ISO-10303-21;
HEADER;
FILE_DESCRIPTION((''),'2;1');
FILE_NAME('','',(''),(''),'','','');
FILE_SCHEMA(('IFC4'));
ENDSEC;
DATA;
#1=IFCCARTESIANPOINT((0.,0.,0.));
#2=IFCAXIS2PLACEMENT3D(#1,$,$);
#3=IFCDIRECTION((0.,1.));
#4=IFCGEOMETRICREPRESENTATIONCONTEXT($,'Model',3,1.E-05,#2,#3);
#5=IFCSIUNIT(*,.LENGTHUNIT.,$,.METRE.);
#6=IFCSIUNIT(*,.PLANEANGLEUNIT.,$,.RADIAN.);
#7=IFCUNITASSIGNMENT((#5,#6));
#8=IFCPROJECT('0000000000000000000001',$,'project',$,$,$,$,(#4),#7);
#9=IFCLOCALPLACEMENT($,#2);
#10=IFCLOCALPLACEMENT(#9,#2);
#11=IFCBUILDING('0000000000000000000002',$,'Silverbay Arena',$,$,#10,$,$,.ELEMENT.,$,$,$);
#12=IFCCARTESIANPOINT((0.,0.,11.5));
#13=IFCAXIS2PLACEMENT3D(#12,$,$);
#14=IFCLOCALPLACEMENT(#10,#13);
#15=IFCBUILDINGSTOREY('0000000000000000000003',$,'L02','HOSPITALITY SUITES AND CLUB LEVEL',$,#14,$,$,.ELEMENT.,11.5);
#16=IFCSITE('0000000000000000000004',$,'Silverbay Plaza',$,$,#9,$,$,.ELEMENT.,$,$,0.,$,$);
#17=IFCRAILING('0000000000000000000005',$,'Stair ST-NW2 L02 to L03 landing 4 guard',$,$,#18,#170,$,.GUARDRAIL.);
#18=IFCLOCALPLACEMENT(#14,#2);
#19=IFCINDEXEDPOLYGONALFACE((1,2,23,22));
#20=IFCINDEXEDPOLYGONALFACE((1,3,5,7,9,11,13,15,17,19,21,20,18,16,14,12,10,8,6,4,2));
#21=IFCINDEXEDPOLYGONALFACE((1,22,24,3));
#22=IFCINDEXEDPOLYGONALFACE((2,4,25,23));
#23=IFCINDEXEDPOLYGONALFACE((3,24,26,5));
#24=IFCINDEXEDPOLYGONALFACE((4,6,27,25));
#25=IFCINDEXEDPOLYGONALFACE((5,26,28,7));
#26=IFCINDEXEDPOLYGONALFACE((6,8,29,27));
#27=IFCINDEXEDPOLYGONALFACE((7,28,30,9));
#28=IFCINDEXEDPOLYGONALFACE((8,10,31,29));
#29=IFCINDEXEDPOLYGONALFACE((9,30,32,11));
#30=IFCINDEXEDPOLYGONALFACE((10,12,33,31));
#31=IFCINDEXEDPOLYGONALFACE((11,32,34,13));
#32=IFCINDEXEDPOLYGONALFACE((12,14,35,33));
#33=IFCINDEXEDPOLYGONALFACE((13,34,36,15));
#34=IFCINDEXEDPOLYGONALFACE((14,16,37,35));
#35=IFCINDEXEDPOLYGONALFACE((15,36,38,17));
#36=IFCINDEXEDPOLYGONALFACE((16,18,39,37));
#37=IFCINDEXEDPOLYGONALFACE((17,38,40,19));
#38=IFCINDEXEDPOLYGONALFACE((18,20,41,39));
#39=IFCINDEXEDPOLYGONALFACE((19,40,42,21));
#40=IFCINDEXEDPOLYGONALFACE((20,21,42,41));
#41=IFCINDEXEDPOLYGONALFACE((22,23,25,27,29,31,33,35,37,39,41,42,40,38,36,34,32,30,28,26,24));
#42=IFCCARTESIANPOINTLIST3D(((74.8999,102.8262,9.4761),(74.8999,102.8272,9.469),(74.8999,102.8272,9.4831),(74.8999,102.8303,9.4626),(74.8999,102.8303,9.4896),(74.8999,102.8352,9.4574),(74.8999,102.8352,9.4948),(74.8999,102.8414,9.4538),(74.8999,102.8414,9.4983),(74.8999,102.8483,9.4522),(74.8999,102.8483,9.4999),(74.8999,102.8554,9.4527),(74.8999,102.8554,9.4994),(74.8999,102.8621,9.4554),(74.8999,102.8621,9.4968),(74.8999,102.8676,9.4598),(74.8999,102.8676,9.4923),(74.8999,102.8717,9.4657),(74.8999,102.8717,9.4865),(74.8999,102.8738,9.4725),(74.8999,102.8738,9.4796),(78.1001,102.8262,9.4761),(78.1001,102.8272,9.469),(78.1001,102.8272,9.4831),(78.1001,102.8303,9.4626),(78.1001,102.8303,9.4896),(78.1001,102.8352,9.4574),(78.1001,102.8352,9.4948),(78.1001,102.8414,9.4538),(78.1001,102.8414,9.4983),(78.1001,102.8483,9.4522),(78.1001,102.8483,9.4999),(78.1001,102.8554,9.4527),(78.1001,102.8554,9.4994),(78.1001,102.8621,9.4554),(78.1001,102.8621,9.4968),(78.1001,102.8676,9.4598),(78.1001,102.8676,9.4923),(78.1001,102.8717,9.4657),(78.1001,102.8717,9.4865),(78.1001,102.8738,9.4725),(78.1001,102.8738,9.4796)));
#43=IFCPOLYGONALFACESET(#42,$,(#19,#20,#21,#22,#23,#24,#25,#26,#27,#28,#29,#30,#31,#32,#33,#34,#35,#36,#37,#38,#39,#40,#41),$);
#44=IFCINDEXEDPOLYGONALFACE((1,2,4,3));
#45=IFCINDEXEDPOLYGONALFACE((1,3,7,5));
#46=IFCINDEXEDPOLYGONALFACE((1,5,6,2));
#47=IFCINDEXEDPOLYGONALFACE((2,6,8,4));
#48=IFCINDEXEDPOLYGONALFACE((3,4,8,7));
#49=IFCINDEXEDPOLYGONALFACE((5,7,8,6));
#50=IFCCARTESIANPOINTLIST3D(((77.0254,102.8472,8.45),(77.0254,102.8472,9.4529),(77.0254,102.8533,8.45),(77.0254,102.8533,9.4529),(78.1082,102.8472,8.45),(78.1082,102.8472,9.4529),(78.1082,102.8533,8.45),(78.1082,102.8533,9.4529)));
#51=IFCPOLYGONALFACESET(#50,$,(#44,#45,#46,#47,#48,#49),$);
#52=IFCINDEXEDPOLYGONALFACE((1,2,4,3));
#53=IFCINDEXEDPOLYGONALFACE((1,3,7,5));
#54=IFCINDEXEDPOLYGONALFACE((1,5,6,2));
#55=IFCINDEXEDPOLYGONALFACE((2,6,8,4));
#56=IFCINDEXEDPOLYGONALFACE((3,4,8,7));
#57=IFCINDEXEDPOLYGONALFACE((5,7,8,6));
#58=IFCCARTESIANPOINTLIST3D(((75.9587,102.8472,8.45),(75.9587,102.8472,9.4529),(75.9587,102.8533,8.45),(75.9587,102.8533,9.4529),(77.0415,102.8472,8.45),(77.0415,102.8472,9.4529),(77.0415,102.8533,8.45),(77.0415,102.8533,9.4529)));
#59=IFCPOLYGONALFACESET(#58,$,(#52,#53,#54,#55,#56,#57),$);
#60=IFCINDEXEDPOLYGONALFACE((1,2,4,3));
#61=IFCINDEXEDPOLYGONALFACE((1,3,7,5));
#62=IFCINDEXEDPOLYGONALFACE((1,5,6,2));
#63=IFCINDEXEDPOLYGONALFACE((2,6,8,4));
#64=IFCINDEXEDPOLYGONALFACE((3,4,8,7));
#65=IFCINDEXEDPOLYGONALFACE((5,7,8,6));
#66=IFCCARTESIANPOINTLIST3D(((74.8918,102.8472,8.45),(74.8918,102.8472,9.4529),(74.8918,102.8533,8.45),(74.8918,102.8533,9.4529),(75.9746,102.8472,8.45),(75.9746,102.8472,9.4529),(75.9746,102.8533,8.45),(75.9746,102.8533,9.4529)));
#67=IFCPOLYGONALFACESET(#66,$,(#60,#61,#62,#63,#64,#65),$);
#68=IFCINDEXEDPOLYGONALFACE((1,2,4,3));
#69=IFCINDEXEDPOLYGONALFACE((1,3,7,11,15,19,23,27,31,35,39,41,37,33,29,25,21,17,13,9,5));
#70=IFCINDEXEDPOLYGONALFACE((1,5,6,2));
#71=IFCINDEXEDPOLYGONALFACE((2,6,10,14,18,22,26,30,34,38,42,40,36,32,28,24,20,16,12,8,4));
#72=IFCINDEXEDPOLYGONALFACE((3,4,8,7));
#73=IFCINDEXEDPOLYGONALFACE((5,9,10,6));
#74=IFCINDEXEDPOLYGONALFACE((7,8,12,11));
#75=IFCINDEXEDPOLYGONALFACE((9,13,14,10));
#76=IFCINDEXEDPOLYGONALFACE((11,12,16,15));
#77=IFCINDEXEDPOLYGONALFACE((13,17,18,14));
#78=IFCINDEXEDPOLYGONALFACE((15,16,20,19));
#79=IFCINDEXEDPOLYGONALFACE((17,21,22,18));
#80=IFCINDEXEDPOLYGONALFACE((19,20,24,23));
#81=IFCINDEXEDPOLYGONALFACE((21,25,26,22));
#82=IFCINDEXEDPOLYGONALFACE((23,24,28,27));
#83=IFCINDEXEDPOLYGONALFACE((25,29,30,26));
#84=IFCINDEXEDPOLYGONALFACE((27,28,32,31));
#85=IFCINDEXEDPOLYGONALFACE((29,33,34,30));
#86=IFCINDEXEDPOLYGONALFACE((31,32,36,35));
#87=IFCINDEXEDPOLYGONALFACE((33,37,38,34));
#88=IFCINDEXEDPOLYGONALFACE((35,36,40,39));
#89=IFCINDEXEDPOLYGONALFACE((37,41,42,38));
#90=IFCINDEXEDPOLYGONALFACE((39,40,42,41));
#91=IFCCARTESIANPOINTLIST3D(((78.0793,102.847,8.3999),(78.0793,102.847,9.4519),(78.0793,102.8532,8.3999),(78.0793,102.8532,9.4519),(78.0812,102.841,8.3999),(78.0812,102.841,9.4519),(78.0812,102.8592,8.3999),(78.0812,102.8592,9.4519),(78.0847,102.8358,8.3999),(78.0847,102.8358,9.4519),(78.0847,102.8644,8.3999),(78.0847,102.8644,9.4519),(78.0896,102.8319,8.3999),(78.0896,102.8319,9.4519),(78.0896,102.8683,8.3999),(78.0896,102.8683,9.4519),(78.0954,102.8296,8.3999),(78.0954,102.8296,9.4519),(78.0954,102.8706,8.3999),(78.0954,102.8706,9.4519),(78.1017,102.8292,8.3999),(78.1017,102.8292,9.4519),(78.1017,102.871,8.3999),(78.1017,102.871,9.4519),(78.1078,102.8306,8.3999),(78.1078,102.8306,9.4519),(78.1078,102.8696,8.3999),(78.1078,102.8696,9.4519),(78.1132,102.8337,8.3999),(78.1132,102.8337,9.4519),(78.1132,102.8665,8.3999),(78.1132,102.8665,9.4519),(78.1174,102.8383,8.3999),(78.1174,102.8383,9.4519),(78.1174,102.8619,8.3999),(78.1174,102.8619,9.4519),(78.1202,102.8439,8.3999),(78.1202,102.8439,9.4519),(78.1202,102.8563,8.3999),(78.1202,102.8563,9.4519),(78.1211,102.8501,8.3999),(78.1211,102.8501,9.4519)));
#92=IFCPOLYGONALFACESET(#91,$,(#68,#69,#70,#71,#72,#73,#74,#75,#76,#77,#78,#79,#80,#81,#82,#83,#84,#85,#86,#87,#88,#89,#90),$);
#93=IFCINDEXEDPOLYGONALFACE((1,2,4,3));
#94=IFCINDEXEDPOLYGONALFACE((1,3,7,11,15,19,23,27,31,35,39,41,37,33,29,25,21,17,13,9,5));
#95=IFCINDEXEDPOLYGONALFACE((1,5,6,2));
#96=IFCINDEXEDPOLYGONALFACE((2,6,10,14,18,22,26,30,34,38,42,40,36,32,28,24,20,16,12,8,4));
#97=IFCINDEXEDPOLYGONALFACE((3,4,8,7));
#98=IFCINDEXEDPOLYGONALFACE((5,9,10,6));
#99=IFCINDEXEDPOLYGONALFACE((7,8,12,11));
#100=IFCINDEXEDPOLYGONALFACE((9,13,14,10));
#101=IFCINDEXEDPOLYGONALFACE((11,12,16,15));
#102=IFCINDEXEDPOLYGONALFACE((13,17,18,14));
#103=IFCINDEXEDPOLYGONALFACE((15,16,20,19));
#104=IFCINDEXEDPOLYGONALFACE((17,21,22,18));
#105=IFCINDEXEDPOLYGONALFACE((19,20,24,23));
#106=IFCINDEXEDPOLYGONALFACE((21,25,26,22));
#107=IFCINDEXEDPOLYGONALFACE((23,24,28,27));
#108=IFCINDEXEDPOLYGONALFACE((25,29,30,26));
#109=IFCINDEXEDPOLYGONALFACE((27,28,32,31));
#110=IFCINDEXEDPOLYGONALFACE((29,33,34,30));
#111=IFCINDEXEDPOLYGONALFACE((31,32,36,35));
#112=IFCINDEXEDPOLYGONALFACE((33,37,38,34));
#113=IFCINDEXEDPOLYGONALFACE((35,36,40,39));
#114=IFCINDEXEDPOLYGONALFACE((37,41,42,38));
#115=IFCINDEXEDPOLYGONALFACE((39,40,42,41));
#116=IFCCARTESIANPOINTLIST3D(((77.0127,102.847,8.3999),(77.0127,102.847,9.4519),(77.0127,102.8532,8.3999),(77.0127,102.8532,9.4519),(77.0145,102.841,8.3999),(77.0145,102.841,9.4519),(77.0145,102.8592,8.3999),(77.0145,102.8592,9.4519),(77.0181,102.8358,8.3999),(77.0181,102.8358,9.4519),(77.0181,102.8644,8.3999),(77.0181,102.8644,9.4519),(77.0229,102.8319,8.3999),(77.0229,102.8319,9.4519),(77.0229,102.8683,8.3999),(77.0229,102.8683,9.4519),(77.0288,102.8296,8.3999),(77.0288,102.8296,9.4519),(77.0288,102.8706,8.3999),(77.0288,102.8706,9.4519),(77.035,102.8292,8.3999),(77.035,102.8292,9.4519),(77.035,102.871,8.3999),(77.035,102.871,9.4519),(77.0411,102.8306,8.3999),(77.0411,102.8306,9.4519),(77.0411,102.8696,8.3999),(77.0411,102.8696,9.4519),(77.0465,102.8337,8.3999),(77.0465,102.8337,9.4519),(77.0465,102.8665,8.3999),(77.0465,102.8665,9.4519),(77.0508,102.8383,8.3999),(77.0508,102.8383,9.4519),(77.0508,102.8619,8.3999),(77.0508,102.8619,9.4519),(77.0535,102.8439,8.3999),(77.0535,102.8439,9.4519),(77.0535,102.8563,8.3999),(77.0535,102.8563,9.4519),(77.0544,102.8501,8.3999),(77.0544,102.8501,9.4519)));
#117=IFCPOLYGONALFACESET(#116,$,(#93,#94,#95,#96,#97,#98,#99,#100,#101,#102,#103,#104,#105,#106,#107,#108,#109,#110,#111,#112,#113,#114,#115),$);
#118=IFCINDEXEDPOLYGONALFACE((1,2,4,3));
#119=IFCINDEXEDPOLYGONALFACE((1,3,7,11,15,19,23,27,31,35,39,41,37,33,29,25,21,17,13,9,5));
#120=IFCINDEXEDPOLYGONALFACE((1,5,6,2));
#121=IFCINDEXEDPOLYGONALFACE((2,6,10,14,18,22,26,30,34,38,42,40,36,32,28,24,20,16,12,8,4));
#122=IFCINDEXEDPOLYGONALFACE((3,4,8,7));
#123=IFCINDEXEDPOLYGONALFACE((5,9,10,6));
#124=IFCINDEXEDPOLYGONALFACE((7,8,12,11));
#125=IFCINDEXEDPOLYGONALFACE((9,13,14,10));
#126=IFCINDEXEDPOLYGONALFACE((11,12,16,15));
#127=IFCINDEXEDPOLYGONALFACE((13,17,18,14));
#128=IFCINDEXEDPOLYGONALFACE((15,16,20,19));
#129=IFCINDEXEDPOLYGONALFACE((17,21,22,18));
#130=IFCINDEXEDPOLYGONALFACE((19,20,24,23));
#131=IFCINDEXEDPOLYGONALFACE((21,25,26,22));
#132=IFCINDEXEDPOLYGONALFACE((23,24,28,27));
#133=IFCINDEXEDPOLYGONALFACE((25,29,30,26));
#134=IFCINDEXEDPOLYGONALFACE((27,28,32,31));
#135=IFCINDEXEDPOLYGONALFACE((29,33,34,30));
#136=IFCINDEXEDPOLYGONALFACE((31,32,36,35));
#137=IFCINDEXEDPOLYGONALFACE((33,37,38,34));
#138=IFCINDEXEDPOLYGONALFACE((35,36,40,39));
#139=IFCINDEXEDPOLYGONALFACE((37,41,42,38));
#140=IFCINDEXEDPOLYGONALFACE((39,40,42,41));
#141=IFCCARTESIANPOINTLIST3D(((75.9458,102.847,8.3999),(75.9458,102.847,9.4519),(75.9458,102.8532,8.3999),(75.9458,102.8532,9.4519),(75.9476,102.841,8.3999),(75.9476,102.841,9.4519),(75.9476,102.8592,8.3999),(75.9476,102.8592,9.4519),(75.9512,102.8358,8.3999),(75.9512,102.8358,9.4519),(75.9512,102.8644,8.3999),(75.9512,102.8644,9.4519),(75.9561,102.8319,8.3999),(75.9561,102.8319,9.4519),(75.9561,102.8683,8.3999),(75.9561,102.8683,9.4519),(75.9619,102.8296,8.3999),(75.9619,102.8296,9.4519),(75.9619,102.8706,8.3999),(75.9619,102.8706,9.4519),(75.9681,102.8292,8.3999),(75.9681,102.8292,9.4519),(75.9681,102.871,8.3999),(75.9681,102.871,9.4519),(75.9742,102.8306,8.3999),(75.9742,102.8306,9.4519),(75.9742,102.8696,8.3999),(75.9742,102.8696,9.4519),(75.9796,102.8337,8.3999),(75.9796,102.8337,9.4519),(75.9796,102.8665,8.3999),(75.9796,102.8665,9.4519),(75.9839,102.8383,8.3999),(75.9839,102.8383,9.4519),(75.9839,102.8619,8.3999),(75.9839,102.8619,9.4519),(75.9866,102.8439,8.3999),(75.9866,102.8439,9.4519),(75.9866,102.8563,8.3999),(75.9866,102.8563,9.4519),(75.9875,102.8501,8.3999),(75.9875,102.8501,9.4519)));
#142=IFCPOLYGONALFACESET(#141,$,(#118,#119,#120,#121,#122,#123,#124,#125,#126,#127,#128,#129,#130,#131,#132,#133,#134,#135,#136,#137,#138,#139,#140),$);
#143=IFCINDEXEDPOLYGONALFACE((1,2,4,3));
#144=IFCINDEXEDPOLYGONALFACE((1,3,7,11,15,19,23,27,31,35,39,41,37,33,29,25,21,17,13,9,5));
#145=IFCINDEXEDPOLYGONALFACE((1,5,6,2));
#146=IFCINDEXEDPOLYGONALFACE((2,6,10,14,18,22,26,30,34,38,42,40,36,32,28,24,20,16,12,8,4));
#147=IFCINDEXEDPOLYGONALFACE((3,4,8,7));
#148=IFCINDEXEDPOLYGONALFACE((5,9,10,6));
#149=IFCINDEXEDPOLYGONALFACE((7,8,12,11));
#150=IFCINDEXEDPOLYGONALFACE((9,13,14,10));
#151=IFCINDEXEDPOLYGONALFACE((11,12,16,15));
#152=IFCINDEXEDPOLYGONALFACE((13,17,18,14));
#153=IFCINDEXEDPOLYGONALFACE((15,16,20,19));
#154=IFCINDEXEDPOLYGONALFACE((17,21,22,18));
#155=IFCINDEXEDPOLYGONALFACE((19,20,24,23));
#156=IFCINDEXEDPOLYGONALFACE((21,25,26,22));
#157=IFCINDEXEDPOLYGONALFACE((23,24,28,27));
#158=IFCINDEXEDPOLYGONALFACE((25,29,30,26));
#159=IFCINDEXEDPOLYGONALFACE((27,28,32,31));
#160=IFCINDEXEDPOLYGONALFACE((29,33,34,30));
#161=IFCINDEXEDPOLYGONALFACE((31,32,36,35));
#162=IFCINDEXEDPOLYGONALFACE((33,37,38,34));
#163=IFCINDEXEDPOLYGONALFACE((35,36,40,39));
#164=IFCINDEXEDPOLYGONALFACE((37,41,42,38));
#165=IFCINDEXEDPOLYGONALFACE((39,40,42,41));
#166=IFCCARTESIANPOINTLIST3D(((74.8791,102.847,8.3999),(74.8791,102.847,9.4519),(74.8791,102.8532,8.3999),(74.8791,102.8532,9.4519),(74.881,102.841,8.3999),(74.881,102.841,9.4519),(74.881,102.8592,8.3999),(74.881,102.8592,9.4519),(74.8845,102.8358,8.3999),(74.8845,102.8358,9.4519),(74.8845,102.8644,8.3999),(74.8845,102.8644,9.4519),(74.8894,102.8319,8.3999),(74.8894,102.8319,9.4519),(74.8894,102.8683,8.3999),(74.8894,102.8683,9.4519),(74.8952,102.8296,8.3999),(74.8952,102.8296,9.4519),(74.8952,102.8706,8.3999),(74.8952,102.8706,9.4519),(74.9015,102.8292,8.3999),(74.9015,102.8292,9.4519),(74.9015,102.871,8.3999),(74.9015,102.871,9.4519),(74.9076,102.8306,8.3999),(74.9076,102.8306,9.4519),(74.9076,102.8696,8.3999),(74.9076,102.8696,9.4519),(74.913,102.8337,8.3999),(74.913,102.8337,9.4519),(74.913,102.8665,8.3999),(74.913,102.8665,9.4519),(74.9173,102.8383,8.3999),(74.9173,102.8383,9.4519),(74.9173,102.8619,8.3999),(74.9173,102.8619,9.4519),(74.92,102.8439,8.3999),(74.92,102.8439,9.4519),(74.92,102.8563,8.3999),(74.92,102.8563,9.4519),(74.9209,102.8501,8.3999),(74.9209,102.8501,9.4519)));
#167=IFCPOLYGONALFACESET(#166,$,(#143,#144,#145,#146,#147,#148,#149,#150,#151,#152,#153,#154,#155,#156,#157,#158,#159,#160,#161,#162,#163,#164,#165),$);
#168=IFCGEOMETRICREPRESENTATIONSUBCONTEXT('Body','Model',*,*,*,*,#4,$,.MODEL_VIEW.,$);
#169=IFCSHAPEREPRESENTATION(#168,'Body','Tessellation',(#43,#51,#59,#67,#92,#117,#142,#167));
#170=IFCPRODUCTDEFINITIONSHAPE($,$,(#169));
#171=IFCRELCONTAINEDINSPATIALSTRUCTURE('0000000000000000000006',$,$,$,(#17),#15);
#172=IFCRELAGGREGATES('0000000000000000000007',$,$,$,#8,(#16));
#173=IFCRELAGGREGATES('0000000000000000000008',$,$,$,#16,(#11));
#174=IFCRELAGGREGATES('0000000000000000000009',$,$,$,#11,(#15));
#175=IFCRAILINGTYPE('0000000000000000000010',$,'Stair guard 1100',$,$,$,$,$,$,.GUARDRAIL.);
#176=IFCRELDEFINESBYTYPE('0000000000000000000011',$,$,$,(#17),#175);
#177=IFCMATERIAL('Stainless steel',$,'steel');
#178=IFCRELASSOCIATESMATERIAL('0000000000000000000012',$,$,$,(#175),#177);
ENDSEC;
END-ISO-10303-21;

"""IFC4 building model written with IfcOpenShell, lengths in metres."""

from ifc_helpers import new_model, si_unit, direction, frame, origin, origin_2d, place, context, subcontext, project, spatial, polyline, circle, outline, extrude, material, type_object, element, save


model = new_model("IFC4")

# Units and contexts
model_context = context("Model", 3, precision=1e-05, world=origin(), true_north=direction((0.0, 1.0)))
body_context = subcontext(model_context, "Body", "Model", "MODEL_VIEW")
ifc_project = project(units=[si_unit("LENGTHUNIT", "METRE"), si_unit("PLANEANGLEUNIT", "RADIAN")], contexts=[model_context])

# Site, building, storey
site_placement = place(None, origin())
site = spatial("IfcSite", under=ifc_project, at=site_placement, Name="Silverbay Plaza", CompositionType="ELEMENT", RefElevation=0.0)
building_placement = place(site_placement, origin())
building = spatial("IfcBuilding", under=site, at=building_placement, Name="Silverbay Arena", CompositionType="ELEMENT")
storey_placement = place(building_placement, frame((0.0, 0.0, 11.5)))
storey = spatial("IfcBuildingStorey", under=building, at=storey_placement, Name="L02", Description="HOSPITALITY SUITES AND CLUB LEVEL", CompositionType="ELEMENT", Elevation=11.5)

# Railing
ifc_material_1 = material(Name="Stainless steel", Category="steel")
railing_type_1 = type_object("IfcRailingType", Name="Stair guard 1100", PredefinedType="GUARDRAIL", material=ifc_material_1)
for number, where, name in (
    (1, (78.1001, 102.8501, 8.3999), "Stair ST-NW2 L02 to L03 landing 4 guard"),
):
    element("IfcRailing", number, at=place(storey_placement, frame(where)), inside=storey, type_object=railing_type_1, Name=name, PredefinedType="GUARDRAIL", context=body_context, shape_type="SweptSolid", body=[
        extrude(circle(Radius=0.0239, at=origin_2d()), frame((0.0, 0.0, 1.0762), z_axis=(-1.0, 0.0, 0.0), x_axis=(0.0, -1.0, 0.0)), (0.0, 0.0, 1.0), 3.2002),
        extrude(outline(polyline([(-0.0081, 0.05), (1.0747, 0.05), (1.0747, 1.053), (-0.0081, 1.053), (-0.0081, 0.05)])), frame((0.0, -0.0029, 0.0), z_axis=(0.0, 1.0, 0.0), x_axis=(-1.0, 0.0, 0.0)), (0.0, 0.0, 1.0), 0.0061),
        extrude(outline(polyline([(-0.0081, 0.05), (1.0747, 0.05), (1.0747, 1.053), (-0.0081, 1.053), (-0.0081, 0.05)])), frame((-1.0667, -0.0029, 0.0), z_axis=(0.0, 1.0, 0.0), x_axis=(-1.0, 0.0, 0.0)), (0.0, 0.0, 1.0), 0.0061),
        extrude(outline(polyline([(-0.0081, 0.05), (1.0747, 0.05), (1.0747, 1.053), (-0.0081, 1.053), (-0.0081, 0.05)])), frame((-2.1335, -0.0029, 0.0), z_axis=(0.0, 1.0, 0.0), x_axis=(-1.0, 0.0, 0.0)), (0.0, 0.0, 1.0), 0.0061),
        extrude(circle(Radius=0.021, at=origin_2d()), origin(), (0.0, 0.0, 1.0), 1.052),
        extrude(circle(Radius=0.021, at=origin_2d()), frame((-1.0667, 0.0, 0.0)), (0.0, 0.0, 1.0), 1.052),
        extrude(circle(Radius=0.021, at=origin_2d()), frame((-2.1335, 0.0, 0.0)), (0.0, 0.0, 1.0), 1.052),
        extrude(circle(Radius=0.021, at=origin_2d()), frame((-3.2002, 0.0, 0.0)), (0.0, 0.0, 1.0), 1.052),
    ])

save(model, "model.ifc")
